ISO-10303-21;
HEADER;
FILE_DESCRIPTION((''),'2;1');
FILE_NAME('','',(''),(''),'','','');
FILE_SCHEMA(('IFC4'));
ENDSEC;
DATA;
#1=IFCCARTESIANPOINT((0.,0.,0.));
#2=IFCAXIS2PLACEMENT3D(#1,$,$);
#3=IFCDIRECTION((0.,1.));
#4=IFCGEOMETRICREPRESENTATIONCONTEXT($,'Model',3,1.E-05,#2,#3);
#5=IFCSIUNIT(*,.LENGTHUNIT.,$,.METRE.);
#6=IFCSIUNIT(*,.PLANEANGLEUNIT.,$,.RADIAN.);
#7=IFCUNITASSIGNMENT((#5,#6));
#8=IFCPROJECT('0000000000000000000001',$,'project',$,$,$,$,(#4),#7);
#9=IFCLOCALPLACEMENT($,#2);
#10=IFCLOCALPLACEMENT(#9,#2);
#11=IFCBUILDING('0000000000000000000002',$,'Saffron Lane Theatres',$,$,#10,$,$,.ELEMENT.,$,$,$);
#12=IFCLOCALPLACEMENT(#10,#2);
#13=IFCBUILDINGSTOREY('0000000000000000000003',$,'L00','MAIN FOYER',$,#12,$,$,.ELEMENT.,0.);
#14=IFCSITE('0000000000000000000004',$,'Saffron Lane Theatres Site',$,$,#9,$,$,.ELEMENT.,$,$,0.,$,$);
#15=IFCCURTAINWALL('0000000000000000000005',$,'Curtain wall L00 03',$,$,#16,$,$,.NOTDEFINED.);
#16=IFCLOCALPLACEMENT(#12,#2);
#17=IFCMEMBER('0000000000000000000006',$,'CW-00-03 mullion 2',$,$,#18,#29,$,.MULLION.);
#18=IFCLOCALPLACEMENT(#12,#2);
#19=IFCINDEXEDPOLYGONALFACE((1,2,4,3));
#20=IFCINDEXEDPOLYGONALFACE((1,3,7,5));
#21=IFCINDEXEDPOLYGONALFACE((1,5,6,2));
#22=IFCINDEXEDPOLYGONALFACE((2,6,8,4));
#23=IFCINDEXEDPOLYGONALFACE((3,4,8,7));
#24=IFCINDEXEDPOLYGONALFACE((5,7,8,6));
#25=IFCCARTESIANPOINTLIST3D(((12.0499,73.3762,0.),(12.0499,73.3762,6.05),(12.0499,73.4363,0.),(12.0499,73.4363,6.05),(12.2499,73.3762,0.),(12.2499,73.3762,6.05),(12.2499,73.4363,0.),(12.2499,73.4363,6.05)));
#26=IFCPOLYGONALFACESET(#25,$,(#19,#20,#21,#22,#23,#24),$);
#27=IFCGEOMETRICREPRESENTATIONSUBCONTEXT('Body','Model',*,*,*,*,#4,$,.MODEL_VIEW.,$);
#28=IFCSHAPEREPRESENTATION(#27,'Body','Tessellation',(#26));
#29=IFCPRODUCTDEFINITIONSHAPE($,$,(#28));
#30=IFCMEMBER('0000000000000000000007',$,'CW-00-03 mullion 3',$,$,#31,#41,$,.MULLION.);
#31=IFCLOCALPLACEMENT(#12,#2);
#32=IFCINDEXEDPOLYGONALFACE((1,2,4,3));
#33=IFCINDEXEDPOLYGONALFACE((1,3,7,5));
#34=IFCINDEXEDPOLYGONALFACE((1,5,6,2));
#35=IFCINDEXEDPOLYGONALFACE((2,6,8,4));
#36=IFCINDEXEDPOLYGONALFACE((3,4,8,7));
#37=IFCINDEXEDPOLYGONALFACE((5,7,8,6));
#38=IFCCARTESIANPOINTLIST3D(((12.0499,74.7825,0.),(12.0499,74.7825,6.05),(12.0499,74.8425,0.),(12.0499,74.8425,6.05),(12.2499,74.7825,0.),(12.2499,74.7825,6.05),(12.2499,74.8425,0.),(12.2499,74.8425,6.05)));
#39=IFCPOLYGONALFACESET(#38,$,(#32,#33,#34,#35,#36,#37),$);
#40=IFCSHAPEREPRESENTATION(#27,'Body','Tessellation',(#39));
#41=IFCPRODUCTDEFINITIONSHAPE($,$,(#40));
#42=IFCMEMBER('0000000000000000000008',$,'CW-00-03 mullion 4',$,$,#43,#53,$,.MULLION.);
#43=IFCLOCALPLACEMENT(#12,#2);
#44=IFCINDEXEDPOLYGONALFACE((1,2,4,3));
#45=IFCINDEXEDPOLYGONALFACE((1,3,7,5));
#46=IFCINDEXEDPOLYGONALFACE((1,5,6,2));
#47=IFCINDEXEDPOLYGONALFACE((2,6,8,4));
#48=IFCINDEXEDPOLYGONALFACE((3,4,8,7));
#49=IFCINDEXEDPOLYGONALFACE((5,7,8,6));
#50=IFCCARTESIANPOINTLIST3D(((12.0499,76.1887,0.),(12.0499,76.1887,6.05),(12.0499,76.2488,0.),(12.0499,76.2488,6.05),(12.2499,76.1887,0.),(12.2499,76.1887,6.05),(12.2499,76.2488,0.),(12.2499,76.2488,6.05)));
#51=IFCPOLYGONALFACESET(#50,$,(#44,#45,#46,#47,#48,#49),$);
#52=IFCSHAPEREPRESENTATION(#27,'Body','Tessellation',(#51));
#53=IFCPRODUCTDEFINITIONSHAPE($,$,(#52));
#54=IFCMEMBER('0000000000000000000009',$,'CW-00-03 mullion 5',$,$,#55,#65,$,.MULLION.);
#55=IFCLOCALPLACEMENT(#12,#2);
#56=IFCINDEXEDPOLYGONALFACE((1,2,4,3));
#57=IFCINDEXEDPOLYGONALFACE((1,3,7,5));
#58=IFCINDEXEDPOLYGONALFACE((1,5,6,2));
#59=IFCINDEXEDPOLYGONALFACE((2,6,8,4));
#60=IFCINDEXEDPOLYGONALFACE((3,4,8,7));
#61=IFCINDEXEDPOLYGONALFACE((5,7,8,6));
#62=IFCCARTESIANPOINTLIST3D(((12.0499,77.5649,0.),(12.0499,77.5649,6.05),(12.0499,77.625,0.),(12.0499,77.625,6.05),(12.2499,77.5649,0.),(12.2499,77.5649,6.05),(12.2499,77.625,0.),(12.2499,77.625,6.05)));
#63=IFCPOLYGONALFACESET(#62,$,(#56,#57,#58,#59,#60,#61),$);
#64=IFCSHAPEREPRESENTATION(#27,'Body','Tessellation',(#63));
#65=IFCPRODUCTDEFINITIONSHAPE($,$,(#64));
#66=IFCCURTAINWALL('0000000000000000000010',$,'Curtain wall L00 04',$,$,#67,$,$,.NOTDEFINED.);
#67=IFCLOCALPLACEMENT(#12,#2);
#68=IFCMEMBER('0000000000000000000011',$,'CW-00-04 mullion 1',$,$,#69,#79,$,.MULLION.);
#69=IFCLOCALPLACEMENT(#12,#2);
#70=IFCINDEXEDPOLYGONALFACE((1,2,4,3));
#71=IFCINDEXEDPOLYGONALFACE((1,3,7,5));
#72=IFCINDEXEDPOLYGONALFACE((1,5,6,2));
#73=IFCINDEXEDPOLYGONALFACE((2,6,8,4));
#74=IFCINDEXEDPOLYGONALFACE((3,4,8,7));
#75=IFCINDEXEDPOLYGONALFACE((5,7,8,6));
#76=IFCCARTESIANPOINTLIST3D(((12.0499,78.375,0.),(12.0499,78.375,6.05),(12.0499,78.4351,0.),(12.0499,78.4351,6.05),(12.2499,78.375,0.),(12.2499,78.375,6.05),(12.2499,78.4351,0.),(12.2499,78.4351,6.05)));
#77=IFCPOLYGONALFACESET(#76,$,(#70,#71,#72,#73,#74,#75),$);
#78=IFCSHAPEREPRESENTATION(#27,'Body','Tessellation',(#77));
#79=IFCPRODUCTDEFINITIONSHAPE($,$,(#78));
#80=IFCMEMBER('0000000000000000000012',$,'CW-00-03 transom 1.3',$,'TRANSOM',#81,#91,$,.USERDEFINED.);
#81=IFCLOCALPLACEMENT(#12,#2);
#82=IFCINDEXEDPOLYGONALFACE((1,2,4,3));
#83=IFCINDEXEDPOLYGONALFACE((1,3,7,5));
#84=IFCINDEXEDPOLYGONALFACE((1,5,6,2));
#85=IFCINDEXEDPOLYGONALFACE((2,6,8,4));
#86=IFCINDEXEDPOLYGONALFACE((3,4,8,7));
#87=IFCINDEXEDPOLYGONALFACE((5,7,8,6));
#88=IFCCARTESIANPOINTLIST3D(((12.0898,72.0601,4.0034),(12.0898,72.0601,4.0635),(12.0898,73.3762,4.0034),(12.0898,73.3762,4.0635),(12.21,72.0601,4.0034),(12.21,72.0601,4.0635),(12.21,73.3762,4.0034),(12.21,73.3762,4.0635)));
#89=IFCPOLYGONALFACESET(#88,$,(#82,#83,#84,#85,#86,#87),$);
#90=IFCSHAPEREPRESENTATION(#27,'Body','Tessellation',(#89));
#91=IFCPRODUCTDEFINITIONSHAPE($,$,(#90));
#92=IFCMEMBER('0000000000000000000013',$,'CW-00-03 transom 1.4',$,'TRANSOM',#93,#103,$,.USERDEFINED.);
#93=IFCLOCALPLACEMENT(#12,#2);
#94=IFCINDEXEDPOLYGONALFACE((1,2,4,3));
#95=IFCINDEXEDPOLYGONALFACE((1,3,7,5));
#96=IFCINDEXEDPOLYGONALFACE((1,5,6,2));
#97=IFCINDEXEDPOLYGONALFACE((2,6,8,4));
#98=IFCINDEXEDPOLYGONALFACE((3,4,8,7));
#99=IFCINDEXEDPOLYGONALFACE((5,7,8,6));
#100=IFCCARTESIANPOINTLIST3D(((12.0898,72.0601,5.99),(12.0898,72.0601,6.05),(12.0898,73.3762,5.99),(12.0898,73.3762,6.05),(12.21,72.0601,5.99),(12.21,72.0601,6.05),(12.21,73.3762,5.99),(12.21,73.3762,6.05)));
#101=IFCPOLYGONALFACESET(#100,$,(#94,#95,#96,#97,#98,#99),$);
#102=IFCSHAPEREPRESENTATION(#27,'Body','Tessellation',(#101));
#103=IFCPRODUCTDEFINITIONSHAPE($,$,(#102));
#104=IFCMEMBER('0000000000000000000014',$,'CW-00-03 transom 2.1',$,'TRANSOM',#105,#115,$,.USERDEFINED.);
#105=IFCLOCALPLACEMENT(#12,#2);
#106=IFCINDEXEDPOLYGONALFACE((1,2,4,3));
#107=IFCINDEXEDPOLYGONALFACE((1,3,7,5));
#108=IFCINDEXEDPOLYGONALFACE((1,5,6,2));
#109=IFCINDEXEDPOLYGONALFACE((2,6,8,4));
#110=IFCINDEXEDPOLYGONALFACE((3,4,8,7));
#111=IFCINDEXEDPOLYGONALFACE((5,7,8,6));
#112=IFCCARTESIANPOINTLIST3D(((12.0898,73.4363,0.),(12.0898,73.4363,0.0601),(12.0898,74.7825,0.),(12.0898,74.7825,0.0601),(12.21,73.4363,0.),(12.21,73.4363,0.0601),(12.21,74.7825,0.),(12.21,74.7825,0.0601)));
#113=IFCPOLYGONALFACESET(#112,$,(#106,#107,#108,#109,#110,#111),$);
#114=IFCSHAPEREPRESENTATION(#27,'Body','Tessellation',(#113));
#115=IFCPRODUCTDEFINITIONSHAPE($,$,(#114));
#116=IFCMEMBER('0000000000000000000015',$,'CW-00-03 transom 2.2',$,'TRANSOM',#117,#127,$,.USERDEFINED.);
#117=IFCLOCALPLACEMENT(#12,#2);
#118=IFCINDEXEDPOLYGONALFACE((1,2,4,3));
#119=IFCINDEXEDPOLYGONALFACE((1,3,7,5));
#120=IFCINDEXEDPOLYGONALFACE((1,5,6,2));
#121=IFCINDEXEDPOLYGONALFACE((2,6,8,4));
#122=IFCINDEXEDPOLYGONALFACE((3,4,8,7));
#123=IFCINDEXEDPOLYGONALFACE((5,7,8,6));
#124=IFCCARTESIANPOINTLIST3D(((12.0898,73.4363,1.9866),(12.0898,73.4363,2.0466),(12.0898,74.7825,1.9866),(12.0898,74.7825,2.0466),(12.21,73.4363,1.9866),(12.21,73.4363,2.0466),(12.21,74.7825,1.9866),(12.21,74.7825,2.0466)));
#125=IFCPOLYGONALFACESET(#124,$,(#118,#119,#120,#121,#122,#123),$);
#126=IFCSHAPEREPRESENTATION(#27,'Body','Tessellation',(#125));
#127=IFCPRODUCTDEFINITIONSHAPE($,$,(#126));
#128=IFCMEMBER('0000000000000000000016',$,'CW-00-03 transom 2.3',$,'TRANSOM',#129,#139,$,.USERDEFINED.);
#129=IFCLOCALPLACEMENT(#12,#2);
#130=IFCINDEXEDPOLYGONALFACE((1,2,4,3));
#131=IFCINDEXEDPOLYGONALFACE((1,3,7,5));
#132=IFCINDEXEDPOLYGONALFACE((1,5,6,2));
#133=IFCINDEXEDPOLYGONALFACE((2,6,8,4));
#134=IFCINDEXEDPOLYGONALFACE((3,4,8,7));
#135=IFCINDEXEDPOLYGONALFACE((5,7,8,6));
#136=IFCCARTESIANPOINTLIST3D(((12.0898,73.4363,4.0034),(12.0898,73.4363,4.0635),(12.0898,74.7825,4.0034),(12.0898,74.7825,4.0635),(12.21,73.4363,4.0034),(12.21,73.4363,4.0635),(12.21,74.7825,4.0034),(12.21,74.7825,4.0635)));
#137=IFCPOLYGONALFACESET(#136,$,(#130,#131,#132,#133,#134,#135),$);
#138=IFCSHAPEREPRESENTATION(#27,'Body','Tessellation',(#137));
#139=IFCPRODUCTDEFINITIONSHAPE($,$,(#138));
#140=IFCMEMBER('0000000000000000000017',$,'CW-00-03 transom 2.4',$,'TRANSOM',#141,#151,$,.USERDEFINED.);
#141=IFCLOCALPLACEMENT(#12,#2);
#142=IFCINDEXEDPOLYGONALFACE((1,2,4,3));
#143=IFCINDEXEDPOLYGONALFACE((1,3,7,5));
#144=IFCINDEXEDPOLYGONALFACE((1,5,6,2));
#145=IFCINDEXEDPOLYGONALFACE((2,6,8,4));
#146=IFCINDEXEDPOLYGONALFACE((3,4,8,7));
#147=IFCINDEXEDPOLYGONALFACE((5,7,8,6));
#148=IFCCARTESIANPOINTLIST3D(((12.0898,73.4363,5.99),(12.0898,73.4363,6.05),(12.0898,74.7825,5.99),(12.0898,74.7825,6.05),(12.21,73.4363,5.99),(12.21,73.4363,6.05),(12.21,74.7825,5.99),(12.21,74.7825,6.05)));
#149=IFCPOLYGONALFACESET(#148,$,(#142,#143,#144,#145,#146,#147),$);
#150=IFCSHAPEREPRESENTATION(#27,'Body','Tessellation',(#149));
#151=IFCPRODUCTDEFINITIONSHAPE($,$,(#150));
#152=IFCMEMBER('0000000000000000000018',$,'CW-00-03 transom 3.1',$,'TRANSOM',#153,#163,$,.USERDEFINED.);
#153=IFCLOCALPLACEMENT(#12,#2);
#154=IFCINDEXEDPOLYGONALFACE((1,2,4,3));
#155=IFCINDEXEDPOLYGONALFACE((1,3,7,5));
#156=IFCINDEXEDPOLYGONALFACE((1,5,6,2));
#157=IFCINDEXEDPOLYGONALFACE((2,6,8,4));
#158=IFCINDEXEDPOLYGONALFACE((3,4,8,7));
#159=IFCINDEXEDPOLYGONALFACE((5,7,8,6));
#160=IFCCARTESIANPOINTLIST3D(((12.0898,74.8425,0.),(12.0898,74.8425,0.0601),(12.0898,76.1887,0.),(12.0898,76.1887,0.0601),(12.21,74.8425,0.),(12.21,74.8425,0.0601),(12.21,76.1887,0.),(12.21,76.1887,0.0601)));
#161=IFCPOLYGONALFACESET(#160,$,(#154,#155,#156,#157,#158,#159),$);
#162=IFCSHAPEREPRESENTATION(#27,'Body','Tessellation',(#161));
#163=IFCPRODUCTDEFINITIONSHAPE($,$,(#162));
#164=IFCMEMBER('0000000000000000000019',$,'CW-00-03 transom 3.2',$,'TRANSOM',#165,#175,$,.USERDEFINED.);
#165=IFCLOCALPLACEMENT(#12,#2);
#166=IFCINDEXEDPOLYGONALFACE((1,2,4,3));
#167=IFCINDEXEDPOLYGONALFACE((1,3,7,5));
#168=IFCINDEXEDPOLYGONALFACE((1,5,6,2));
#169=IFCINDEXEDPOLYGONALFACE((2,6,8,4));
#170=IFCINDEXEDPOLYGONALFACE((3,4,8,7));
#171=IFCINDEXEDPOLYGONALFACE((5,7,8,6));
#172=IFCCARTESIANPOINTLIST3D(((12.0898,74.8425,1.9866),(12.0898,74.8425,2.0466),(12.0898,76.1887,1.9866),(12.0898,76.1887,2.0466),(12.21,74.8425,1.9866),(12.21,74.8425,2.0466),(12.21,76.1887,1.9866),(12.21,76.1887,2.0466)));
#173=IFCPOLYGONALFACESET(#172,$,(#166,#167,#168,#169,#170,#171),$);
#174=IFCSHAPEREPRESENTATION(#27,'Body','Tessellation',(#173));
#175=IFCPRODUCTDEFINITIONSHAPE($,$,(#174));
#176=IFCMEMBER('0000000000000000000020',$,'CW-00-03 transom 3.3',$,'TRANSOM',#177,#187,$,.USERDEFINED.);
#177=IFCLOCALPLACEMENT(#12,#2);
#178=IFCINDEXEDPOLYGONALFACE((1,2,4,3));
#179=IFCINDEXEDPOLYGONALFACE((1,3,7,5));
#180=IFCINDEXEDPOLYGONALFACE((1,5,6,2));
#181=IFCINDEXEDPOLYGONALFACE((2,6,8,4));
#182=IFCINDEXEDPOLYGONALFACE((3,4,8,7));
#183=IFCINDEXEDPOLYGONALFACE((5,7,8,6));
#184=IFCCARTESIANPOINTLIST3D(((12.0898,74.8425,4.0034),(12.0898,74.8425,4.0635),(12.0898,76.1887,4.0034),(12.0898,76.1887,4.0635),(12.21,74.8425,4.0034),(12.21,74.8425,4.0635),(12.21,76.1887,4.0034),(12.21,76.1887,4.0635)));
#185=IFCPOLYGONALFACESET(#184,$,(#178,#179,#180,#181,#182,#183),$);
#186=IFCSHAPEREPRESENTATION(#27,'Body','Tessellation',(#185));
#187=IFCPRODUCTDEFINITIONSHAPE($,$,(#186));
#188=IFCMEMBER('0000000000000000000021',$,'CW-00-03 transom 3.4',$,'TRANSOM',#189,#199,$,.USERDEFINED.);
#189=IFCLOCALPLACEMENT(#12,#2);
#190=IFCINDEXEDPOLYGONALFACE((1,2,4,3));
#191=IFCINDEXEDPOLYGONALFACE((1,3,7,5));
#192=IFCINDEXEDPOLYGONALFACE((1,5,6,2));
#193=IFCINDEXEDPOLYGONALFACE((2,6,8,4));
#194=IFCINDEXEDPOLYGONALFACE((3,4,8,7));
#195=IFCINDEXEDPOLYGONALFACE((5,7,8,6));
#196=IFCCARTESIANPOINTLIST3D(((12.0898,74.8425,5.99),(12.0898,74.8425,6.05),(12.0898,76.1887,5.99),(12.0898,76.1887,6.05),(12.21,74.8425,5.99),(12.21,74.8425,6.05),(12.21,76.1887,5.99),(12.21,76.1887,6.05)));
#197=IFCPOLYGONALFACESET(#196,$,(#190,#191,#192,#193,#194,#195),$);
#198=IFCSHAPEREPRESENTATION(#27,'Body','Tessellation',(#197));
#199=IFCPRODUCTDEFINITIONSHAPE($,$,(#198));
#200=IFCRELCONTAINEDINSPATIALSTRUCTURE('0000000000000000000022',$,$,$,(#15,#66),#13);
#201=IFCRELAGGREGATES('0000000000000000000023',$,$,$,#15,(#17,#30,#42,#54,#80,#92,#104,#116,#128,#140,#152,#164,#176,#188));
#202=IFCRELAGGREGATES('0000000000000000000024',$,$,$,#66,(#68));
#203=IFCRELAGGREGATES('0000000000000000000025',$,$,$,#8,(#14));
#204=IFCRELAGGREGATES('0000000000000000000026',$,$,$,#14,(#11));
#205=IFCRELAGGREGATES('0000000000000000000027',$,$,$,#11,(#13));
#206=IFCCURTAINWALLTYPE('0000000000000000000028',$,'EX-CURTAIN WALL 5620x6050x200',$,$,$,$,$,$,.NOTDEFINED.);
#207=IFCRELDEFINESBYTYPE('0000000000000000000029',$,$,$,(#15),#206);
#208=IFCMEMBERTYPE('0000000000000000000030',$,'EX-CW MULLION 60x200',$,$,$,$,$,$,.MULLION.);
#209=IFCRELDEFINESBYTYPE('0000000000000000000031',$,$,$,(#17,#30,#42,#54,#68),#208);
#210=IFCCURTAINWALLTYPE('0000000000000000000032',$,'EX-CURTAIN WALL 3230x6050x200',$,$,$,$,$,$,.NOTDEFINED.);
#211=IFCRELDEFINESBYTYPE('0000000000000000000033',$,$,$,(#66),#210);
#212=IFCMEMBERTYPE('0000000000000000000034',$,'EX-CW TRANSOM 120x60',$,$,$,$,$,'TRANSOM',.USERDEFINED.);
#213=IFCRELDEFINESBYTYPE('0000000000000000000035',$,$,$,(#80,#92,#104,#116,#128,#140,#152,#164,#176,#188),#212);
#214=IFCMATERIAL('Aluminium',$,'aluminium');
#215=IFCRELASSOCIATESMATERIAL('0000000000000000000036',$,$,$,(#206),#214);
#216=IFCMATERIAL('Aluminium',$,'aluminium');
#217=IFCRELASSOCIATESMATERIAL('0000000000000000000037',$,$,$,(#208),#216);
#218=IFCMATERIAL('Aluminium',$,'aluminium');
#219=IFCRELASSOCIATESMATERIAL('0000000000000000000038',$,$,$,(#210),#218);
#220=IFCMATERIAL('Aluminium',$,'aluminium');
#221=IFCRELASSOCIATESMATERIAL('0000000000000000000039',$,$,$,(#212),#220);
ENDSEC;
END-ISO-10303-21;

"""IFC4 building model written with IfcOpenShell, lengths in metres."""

from ifc_helpers import new_model, si_unit, direction, frame, origin, origin_2d, place, context, subcontext, project, spatial, rectangle, extrude, material, material_profile, profile_set, type_object, element, aggregate, save


model = new_model("IFC4")

# Units and contexts
model_context = context("Model", 3, precision=1e-05, world=origin(), true_north=direction((0.0, 1.0)))
body_context = subcontext(model_context, "Body", "Model", "MODEL_VIEW")
ifc_project = project(units=[si_unit("LENGTHUNIT", "METRE"), si_unit("PLANEANGLEUNIT", "RADIAN")], contexts=[model_context])

# Site, building, storey
site_placement = place(None, origin())
site = spatial("IfcSite", under=ifc_project, at=site_placement, Name="Saffron Lane Theatres Site", CompositionType="ELEMENT", RefElevation=0.0)
building_placement = place(site_placement, origin())
building = spatial("IfcBuilding", under=site, at=building_placement, Name="Saffron Lane Theatres", CompositionType="ELEMENT")
storey_placement = place(building_placement, origin())
storey = spatial("IfcBuildingStorey", under=building, at=storey_placement, Name="L00", Description="MAIN FOYER", CompositionType="ELEMENT", Elevation=0.0)

# Curtain wall, members
ifc_material_1 = material(Name="Aluminium", Category="aluminium")
curtain_wall_type_1 = type_object("IfcCurtainWallType", Name="EX-CURTAIN WALL 5620x6050x200", PredefinedType="NOTDEFINED", material=ifc_material_1)
curtain_wall_1_placement = place(storey_placement, origin())
curtain_wall_1 = element("IfcCurtainWall", 1, at=curtain_wall_1_placement, inside=storey, type_object=curtain_wall_type_1, Name="Curtain wall L00 03", PredefinedType="NOTDEFINED")
ifc_material_2 = material(Name="Aluminium", Category="aluminium")
ifc_material_profile_1 = material_profile(ifc_material_2, rectangle(XDim=0.0601, YDim=0.2, at=origin_2d()))
ifc_profile_set_1 = profile_set([ifc_material_profile_1], Name="Aluminium")
member_type_1 = type_object("IfcMemberType", Name="EX-CW MULLION 60x200", PredefinedType="MULLION", material=ifc_profile_set_1)
member_1_placement = place(storey_placement, frame((12.1499, 73.4062, 0.0), z_axis=(0.0, 0.0, 1.0), x_axis=(0.0, 1.0, 0.0)))
member_1 = element("IfcMember", 2, at=member_1_placement, type_object=member_type_1, Name="CW-00-03 mullion 2", PredefinedType="MULLION", context=body_context, shape_type="SweptSolid", body=[
    extrude(rectangle(XDim=0.0601, YDim=0.2, at=origin_2d()), origin(), (0.0, 0.0, 1.0), 6.05),
])
member_2_placement = place(storey_placement, frame((12.1499, 74.8125, 0.0), z_axis=(0.0, 0.0, 1.0), x_axis=(0.0, 1.0, 0.0)))
member_2 = element("IfcMember", 3, at=member_2_placement, type_object=member_type_1, Name="CW-00-03 mullion 3", PredefinedType="MULLION", context=body_context, shape_type="SweptSolid", body=[
    extrude(rectangle(XDim=0.0601, YDim=0.2, at=origin_2d()), origin(), (0.0, 0.0, 1.0), 6.05),
])
member_3_placement = place(storey_placement, frame((12.1499, 76.2188, 0.0), z_axis=(0.0, 0.0, 1.0), x_axis=(0.0, 1.0, 0.0)))
member_3 = element("IfcMember", 4, at=member_3_placement, type_object=member_type_1, Name="CW-00-03 mullion 4", PredefinedType="MULLION", context=body_context, shape_type="SweptSolid", body=[
    extrude(rectangle(XDim=0.0601, YDim=0.2, at=origin_2d()), origin(), (0.0, 0.0, 1.0), 6.05),
])
member_4_placement = place(storey_placement, frame((12.1499, 77.595, 0.0), z_axis=(0.0, 0.0, 1.0), x_axis=(0.0, 1.0, 0.0)))
member_4 = element("IfcMember", 5, at=member_4_placement, type_object=member_type_1, Name="CW-00-03 mullion 5", PredefinedType="MULLION", context=body_context, shape_type="SweptSolid", body=[
    extrude(rectangle(XDim=0.0601, YDim=0.2, at=origin_2d()), origin(), (0.0, 0.0, 1.0), 6.05),
])

# Curtain wall, member
ifc_material_3 = material(Name="Aluminium", Category="aluminium")
curtain_wall_type_2 = type_object("IfcCurtainWallType", Name="EX-CURTAIN WALL 3230x6050x200", PredefinedType="NOTDEFINED", material=ifc_material_3)
curtain_wall_2_placement = place(storey_placement, origin())
curtain_wall_2 = element("IfcCurtainWall", 6, at=curtain_wall_2_placement, inside=storey, type_object=curtain_wall_type_2, Name="Curtain wall L00 04", PredefinedType="NOTDEFINED")
member_5_placement = place(storey_placement, frame((12.1499, 78.405, 0.0), z_axis=(0.0, 0.0, 1.0), x_axis=(0.0, 1.0, 0.0)))
member_5 = element("IfcMember", 7, at=member_5_placement, type_object=member_type_1, Name="CW-00-04 mullion 1", PredefinedType="MULLION", context=body_context, shape_type="SweptSolid", body=[
    extrude(rectangle(XDim=0.0601, YDim=0.2, at=origin_2d()), origin(), (0.0, 0.0, 1.0), 6.05),
])

# Members
ifc_material_4 = material(Name="Aluminium", Category="aluminium")
ifc_material_profile_2 = material_profile(ifc_material_4, rectangle(XDim=0.1201, YDim=0.0601, at=origin_2d()))
ifc_profile_set_2 = profile_set([ifc_material_profile_2], Name="Aluminium")
member_type_2 = type_object("IfcMemberType", Name="EX-CW TRANSOM 120x60", ElementType="TRANSOM", PredefinedType="USERDEFINED", material=ifc_profile_set_2)
member_6_placement = place(storey_placement, frame((12.1499, 72.0601, 4.0334), z_axis=(0.0, 1.0, 0.0), x_axis=(-1.0, 0.0, 0.0)))
member_6 = element("IfcMember", 8, at=member_6_placement, type_object=member_type_2, Name="CW-00-03 transom 1.3", ObjectType="TRANSOM", PredefinedType="USERDEFINED", context=body_context, shape_type="SweptSolid", body=[
    extrude(rectangle(XDim=0.1201, YDim=0.0601, at=origin_2d()), origin(), (0.0, 0.0, 1.0), 1.3162),
])
member_7_placement = place(storey_placement, frame((12.1499, 72.0601, 6.02), z_axis=(0.0, 1.0, 0.0), x_axis=(-1.0, 0.0, 0.0)))
member_7 = element("IfcMember", 9, at=member_7_placement, type_object=member_type_2, Name="CW-00-03 transom 1.4", ObjectType="TRANSOM", PredefinedType="USERDEFINED", context=body_context, shape_type="SweptSolid", body=[
    extrude(rectangle(XDim=0.1201, YDim=0.0601, at=origin_2d()), origin(), (0.0, 0.0, 1.0), 1.3162),
])
member_8_placement = place(storey_placement, frame((12.1499, 73.4363, 0.03), z_axis=(0.0, 1.0, 0.0), x_axis=(-1.0, 0.0, 0.0)))
member_8 = element("IfcMember", 10, at=member_8_placement, type_object=member_type_2, Name="CW-00-03 transom 2.1", ObjectType="TRANSOM", PredefinedType="USERDEFINED", context=body_context, shape_type="SweptSolid", body=[
    extrude(rectangle(XDim=0.1201, YDim=0.0601, at=origin_2d()), origin(), (0.0, 0.0, 1.0), 1.3462),
])
member_9_placement = place(storey_placement, frame((12.1499, 73.4363, 2.0166), z_axis=(0.0, 1.0, 0.0), x_axis=(-1.0, 0.0, 0.0)))
member_9 = element("IfcMember", 11, at=member_9_placement, type_object=member_type_2, Name="CW-00-03 transom 2.2", ObjectType="TRANSOM", PredefinedType="USERDEFINED", context=body_context, shape_type="SweptSolid", body=[
    extrude(rectangle(XDim=0.1201, YDim=0.0601, at=origin_2d()), origin(), (0.0, 0.0, 1.0), 1.3462),
])
member_10_placement = place(storey_placement, frame((12.1499, 73.4363, 4.0334), z_axis=(0.0, 1.0, 0.0), x_axis=(-1.0, 0.0, 0.0)))
member_10 = element("IfcMember", 12, at=member_10_placement, type_object=member_type_2, Name="CW-00-03 transom 2.3", ObjectType="TRANSOM", PredefinedType="USERDEFINED", context=body_context, shape_type="SweptSolid", body=[
    extrude(rectangle(XDim=0.1201, YDim=0.0601, at=origin_2d()), origin(), (0.0, 0.0, 1.0), 1.3462),
])
member_11_placement = place(storey_placement, frame((12.1499, 73.4363, 6.02), z_axis=(0.0, 1.0, 0.0), x_axis=(-1.0, 0.0, 0.0)))
member_11 = element("IfcMember", 13, at=member_11_placement, type_object=member_type_2, Name="CW-00-03 transom 2.4", ObjectType="TRANSOM", PredefinedType="USERDEFINED", context=body_context, shape_type="SweptSolid", body=[
    extrude(rectangle(XDim=0.1201, YDim=0.0601, at=origin_2d()), origin(), (0.0, 0.0, 1.0), 1.3462),
])
member_12_placement = place(storey_placement, frame((12.1499, 74.8425, 0.03), z_axis=(0.0, 1.0, 0.0), x_axis=(-1.0, 0.0, 0.0)))
member_12 = element("IfcMember", 14, at=member_12_placement, type_object=member_type_2, Name="CW-00-03 transom 3.1", ObjectType="TRANSOM", PredefinedType="USERDEFINED", context=body_context, shape_type="SweptSolid", body=[
    extrude(rectangle(XDim=0.1201, YDim=0.0601, at=origin_2d()), origin(), (0.0, 0.0, 1.0), 1.3462),
])
member_13_placement = place(storey_placement, frame((12.1499, 74.8425, 2.0166), z_axis=(0.0, 1.0, 0.0), x_axis=(-1.0, 0.0, 0.0)))
member_13 = element("IfcMember", 15, at=member_13_placement, type_object=member_type_2, Name="CW-00-03 transom 3.2", ObjectType="TRANSOM", PredefinedType="USERDEFINED", context=body_context, shape_type="SweptSolid", body=[
    extrude(rectangle(XDim=0.1201, YDim=0.0601, at=origin_2d()), origin(), (0.0, 0.0, 1.0), 1.3462),
])
member_14_placement = place(storey_placement, frame((12.1499, 74.8425, 4.0334), z_axis=(0.0, 1.0, 0.0), x_axis=(-1.0, 0.0, 0.0)))
member_14 = element("IfcMember", 16, at=member_14_placement, type_object=member_type_2, Name="CW-00-03 transom 3.3", ObjectType="TRANSOM", PredefinedType="USERDEFINED", context=body_context, shape_type="SweptSolid", body=[
    extrude(rectangle(XDim=0.1201, YDim=0.0601, at=origin_2d()), origin(), (0.0, 0.0, 1.0), 1.3462),
])
member_15_placement = place(storey_placement, frame((12.1499, 74.8425, 6.02), z_axis=(0.0, 1.0, 0.0), x_axis=(-1.0, 0.0, 0.0)))
member_15 = element("IfcMember", 17, at=member_15_placement, type_object=member_type_2, Name="CW-00-03 transom 3.4", ObjectType="TRANSOM", PredefinedType="USERDEFINED", context=body_context, shape_type="SweptSolid", body=[
    extrude(rectangle(XDim=0.1201, YDim=0.0601, at=origin_2d()), origin(), (0.0, 0.0, 1.0), 1.3462),
])

aggregate(curtain_wall_1, [member_1, member_2, member_3, member_4, member_6, member_7, member_8, member_9, member_10, member_11, member_12, member_13, member_14, member_15])
aggregate(curtain_wall_2, [member_5])

save(model, "model.ifc")
